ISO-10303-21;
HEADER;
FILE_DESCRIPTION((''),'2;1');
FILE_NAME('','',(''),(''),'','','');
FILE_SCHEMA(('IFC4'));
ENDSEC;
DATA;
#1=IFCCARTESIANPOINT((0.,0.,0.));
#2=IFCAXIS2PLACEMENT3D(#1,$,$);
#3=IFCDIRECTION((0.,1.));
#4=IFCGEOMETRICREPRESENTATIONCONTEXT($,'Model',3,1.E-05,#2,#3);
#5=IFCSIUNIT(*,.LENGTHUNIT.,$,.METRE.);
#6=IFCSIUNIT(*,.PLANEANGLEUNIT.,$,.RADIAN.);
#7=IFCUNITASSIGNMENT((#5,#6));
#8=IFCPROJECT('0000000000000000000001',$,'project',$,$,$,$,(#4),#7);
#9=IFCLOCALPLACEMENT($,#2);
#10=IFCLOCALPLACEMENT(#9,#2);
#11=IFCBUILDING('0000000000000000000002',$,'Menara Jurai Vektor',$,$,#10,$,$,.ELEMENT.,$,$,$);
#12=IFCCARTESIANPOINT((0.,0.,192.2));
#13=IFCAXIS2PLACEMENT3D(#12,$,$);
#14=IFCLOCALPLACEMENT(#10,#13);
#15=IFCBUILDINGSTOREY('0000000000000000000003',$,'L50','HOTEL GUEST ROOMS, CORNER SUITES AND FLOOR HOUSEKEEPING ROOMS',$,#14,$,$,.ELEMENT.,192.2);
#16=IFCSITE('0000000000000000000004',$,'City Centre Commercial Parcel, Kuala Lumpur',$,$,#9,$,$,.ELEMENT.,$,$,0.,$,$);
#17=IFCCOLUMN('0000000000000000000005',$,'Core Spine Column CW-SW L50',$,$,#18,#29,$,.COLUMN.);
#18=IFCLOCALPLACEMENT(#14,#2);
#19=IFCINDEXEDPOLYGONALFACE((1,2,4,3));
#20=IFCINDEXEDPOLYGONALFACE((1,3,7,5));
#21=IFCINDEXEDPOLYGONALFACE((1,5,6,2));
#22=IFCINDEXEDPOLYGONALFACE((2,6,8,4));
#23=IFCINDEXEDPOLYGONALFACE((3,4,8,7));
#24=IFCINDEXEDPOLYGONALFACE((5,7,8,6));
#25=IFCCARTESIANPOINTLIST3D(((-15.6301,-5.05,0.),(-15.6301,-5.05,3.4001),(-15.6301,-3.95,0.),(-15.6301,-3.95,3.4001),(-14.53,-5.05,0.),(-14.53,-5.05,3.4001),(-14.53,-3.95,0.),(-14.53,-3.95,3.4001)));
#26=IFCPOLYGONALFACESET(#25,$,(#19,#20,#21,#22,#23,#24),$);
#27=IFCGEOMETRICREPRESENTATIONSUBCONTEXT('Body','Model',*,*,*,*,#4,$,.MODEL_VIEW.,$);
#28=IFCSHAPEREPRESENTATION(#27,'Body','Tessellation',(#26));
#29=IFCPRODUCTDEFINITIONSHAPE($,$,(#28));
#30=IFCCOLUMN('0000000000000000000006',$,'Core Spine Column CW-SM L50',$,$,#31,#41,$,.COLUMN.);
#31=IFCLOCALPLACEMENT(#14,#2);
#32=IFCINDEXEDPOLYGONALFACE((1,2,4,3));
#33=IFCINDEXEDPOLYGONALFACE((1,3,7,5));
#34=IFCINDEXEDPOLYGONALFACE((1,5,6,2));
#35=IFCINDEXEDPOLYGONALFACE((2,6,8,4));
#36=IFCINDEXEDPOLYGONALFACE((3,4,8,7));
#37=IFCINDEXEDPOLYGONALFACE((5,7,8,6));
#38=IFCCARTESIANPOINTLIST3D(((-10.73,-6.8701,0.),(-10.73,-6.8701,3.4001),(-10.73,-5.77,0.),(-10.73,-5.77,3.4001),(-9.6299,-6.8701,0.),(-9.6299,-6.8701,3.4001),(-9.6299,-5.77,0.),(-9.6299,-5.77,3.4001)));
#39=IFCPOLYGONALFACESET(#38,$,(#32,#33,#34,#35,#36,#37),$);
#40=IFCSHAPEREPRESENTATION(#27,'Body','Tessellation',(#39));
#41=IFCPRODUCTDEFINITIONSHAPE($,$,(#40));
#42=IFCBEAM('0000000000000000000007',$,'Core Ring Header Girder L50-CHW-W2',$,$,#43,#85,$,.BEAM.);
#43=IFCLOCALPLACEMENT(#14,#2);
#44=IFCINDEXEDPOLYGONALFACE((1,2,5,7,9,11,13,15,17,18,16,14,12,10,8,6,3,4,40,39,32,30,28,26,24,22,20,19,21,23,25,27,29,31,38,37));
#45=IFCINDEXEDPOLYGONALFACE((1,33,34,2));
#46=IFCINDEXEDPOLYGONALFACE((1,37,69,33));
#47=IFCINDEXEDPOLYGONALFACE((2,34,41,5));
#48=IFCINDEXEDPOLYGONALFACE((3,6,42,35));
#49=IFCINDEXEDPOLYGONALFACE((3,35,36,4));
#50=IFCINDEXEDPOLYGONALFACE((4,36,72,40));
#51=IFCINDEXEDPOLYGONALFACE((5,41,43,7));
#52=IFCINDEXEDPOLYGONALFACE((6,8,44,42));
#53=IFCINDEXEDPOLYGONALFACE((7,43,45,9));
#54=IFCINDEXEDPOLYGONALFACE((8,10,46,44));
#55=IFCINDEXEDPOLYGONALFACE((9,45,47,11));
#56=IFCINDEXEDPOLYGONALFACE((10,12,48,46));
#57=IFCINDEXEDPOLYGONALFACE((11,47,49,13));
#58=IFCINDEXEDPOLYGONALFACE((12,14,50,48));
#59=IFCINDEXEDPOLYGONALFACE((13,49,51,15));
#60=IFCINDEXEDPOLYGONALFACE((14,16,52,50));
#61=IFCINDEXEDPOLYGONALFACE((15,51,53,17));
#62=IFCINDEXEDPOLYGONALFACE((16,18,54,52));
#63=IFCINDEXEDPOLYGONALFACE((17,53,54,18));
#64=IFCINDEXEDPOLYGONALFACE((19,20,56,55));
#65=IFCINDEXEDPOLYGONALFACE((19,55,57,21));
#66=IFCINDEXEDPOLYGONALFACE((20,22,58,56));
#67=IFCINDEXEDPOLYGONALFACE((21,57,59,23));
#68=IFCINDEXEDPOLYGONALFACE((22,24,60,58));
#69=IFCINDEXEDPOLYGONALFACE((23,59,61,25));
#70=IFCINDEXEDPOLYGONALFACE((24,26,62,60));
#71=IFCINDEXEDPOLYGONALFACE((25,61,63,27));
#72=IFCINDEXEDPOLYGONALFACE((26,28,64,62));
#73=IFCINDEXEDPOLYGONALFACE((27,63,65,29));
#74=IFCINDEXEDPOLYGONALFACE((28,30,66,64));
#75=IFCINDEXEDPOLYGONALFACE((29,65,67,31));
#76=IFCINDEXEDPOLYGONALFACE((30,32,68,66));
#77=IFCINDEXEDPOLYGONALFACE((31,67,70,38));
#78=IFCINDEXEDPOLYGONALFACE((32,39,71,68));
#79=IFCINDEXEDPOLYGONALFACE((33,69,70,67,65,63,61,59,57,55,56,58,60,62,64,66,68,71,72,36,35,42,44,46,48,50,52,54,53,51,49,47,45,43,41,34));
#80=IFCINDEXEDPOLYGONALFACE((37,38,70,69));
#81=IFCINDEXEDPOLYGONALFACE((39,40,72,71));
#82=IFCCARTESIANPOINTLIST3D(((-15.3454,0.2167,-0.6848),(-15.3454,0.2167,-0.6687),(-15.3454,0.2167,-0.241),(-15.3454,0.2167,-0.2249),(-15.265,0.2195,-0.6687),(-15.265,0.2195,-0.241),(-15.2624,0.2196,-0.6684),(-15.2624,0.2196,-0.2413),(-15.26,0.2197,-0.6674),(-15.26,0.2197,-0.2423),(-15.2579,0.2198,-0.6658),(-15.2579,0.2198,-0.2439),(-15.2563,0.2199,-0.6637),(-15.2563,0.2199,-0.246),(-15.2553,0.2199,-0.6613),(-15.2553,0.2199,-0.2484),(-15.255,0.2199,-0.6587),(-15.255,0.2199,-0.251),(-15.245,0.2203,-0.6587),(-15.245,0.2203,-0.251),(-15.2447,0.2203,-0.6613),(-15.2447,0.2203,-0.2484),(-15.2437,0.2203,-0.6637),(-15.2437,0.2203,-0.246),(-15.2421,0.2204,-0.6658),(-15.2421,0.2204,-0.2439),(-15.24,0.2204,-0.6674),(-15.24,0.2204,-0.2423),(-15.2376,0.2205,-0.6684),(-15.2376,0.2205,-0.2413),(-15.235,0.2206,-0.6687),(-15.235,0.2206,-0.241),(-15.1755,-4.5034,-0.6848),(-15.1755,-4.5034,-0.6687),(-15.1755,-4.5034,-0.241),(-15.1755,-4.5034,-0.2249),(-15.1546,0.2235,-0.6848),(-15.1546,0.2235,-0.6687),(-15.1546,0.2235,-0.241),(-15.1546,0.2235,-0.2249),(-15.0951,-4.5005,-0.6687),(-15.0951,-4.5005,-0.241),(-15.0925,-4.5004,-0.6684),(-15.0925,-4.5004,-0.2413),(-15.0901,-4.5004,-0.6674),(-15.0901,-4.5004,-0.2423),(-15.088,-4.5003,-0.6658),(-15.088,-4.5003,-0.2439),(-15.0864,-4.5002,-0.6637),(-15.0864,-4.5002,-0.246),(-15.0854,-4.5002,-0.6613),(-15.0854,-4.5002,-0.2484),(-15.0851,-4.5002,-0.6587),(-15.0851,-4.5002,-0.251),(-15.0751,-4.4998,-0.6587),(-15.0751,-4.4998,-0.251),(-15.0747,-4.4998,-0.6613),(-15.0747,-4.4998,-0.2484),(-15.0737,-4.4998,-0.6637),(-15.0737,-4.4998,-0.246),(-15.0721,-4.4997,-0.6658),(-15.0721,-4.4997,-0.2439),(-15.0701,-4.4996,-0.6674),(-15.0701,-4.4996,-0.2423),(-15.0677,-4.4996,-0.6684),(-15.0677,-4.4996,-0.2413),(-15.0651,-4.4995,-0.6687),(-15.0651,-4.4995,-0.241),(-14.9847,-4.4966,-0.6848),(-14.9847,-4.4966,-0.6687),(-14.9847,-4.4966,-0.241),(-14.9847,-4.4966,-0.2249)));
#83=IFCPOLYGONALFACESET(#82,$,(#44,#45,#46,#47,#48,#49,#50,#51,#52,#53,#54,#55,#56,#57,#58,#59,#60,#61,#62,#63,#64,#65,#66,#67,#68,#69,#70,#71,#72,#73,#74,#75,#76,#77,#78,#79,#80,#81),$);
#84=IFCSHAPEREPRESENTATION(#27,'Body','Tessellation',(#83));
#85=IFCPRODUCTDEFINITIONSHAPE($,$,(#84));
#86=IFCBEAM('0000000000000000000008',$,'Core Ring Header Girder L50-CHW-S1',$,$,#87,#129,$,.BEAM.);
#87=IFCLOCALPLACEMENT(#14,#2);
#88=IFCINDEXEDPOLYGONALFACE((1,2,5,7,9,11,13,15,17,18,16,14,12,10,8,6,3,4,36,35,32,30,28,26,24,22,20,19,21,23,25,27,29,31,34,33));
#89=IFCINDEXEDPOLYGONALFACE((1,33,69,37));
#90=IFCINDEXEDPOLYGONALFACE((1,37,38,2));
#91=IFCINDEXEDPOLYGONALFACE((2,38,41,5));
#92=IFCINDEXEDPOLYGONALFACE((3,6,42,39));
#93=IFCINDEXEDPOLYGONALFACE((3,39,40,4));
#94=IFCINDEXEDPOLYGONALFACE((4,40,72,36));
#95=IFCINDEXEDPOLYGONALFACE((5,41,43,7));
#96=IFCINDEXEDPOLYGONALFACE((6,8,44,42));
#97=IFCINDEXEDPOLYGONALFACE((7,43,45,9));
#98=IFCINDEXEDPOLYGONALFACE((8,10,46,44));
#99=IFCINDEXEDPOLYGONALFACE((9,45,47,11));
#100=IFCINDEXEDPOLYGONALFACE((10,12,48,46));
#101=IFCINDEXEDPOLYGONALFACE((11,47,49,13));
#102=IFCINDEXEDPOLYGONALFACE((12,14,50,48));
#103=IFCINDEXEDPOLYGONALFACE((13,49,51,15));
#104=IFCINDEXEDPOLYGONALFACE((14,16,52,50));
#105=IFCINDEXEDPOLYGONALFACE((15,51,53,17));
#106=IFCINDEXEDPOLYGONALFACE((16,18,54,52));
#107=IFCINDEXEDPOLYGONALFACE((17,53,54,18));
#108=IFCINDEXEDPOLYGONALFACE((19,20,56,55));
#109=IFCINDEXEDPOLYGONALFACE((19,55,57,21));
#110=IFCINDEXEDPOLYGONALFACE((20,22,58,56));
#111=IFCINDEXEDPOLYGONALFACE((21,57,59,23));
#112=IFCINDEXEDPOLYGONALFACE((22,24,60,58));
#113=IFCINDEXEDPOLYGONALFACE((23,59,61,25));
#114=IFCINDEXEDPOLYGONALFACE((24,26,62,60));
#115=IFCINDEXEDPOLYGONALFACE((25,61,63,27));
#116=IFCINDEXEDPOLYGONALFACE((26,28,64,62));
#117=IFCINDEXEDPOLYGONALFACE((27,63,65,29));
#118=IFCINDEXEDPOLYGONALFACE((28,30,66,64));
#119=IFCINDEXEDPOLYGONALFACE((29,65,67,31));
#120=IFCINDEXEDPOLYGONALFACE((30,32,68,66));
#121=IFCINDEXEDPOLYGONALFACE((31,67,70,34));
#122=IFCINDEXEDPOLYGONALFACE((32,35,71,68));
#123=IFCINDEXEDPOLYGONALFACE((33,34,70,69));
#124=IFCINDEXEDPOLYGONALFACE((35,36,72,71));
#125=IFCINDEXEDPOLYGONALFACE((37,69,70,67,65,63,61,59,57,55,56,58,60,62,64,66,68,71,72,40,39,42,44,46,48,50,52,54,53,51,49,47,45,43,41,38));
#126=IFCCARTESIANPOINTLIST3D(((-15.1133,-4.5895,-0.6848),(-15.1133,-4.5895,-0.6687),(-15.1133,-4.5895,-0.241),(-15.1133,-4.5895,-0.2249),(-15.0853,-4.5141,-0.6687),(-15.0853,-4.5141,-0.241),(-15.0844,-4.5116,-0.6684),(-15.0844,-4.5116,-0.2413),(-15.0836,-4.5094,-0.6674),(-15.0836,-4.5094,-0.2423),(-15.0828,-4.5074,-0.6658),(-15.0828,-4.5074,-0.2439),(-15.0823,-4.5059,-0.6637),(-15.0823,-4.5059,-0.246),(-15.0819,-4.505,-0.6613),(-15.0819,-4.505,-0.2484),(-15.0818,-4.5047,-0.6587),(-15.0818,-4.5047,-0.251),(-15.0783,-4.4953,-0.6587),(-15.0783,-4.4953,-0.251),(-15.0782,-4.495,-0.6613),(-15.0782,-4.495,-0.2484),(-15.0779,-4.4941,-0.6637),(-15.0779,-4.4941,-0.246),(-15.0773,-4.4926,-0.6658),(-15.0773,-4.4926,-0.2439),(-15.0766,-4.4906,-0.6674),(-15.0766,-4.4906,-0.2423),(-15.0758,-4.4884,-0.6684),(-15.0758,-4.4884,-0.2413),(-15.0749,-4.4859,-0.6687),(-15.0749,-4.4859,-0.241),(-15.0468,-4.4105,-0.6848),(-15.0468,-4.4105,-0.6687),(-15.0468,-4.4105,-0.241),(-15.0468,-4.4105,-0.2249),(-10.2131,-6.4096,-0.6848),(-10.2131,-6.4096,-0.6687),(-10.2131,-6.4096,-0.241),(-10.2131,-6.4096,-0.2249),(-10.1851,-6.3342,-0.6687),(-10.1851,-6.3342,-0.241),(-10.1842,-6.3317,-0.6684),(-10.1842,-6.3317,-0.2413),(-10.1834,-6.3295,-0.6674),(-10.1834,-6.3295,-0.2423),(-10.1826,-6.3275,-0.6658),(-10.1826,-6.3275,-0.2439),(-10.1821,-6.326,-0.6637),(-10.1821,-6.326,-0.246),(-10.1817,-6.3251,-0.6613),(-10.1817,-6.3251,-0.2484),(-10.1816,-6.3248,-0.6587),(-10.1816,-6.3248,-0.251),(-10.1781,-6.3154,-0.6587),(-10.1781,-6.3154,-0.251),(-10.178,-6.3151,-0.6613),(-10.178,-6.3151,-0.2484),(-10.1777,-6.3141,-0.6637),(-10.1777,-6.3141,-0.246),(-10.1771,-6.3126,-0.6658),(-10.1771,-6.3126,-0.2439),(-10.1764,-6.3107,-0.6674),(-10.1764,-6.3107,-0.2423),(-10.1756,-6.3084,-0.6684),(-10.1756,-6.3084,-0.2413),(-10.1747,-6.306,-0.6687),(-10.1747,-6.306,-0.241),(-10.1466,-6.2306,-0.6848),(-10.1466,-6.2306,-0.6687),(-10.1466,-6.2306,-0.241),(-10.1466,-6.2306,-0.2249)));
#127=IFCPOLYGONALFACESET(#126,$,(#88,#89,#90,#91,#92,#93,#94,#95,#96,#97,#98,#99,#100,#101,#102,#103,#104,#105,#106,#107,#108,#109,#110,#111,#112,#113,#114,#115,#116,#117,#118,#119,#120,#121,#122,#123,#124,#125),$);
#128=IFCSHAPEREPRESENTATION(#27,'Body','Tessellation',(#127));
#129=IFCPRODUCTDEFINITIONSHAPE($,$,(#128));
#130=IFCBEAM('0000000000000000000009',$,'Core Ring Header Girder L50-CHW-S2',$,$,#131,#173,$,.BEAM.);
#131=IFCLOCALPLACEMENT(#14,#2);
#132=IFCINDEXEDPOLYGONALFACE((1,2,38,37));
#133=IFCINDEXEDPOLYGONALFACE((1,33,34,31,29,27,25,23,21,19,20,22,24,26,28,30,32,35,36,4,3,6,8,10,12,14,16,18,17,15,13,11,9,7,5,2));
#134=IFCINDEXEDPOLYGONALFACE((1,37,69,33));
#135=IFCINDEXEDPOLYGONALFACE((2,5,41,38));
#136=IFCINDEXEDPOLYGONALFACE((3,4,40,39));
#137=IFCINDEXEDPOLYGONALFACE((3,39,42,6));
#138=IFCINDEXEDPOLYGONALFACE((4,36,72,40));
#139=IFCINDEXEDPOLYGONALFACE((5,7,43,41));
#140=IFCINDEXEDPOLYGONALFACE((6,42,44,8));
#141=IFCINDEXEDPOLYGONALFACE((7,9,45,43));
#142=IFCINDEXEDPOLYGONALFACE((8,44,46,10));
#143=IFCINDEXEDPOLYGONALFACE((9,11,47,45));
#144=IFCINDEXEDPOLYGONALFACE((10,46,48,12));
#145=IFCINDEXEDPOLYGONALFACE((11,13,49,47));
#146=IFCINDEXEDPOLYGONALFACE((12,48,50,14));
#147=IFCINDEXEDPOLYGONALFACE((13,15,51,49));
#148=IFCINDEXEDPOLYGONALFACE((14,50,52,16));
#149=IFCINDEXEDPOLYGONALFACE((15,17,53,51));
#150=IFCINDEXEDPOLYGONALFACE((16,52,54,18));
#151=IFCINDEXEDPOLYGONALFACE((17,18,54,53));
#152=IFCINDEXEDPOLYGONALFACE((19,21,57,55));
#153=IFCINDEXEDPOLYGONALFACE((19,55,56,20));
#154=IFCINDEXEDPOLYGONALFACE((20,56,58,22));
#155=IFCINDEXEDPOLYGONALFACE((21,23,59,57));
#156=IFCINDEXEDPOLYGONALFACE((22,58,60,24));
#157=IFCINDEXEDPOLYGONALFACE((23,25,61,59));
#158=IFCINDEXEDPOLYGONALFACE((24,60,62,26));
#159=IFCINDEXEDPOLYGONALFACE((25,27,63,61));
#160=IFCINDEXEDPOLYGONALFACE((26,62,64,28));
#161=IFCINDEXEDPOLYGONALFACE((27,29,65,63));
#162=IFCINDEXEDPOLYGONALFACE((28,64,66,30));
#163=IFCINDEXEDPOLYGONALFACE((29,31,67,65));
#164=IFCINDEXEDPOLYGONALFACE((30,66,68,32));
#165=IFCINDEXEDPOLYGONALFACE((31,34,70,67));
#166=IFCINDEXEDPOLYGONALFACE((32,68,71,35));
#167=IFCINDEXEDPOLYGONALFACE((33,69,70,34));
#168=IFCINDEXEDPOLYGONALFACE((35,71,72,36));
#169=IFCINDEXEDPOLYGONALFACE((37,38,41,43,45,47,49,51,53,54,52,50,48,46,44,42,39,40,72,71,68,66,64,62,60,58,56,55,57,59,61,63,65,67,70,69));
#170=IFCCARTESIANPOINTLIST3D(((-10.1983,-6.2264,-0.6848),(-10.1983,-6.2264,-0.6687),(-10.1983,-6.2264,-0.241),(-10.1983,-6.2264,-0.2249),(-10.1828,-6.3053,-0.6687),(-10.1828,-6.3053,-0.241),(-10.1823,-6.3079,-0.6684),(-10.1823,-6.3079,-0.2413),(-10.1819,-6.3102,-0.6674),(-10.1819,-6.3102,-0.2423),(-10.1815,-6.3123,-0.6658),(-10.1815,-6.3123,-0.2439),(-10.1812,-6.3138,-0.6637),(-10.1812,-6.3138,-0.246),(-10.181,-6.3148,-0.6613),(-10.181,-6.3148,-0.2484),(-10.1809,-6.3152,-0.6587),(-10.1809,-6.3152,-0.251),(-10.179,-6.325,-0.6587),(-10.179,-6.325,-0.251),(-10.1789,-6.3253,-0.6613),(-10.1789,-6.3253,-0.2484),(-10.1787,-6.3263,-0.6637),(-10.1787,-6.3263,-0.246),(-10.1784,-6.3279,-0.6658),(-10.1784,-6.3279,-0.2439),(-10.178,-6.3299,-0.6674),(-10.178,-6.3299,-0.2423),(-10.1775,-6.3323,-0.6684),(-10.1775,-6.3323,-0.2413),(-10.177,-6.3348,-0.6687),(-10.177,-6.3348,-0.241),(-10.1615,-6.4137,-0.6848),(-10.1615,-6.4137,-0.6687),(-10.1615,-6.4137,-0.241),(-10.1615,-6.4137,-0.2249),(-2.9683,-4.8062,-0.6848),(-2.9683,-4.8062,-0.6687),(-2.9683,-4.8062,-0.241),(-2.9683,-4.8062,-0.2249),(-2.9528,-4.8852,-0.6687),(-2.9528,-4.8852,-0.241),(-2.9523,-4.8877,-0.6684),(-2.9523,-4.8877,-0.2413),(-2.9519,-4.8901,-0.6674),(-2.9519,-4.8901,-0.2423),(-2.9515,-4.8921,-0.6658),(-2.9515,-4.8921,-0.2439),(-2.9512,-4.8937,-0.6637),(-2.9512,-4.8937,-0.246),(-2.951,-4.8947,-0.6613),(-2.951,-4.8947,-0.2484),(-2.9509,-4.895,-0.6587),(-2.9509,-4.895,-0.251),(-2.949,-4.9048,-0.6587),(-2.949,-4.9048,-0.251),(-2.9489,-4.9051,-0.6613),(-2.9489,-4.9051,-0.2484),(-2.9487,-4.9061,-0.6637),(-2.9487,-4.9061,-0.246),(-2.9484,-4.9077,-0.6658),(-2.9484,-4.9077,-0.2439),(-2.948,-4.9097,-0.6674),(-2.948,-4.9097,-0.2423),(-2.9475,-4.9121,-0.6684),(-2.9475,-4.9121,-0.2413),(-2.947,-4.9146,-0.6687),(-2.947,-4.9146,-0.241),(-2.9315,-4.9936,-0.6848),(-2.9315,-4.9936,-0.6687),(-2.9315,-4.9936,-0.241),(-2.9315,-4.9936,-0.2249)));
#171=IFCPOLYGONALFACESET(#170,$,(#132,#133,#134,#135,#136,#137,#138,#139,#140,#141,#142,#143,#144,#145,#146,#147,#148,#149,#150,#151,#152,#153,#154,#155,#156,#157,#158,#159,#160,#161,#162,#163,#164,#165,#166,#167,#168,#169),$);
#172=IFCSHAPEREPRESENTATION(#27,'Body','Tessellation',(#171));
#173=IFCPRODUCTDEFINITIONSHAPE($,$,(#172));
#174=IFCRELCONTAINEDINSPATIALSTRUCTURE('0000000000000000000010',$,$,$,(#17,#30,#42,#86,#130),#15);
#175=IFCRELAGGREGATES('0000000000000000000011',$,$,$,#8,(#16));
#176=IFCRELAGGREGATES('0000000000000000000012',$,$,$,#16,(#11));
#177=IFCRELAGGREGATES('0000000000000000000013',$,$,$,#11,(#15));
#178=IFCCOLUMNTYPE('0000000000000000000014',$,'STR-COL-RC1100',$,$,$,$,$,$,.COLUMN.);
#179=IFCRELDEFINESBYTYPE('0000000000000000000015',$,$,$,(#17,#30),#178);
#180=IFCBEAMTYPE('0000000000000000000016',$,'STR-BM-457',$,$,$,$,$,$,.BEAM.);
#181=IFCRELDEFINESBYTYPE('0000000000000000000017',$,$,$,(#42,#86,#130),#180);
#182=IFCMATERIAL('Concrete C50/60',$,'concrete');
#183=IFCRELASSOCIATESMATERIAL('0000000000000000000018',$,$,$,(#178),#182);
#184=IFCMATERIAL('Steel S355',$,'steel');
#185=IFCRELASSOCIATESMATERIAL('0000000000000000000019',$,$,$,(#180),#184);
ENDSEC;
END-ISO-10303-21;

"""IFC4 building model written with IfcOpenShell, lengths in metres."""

from ifc_helpers import new_model, si_unit, direction, frame, origin, origin_2d, place, context, subcontext, project, spatial, rectangle, i_section, extrude, material, material_profile, profile_set, type_object, element, save


model = new_model("IFC4")

# Units and contexts
model_context = context("Model", 3, precision=1e-05, world=origin(), true_north=direction((0.0, 1.0)))
body_context = subcontext(model_context, "Body", "Model", "MODEL_VIEW")
ifc_project = project(units=[si_unit("LENGTHUNIT", "METRE"), si_unit("PLANEANGLEUNIT", "RADIAN")], contexts=[model_context])

# Site, building, storey
site_placement = place(None, origin())
site = spatial("IfcSite", under=ifc_project, at=site_placement, Name="City Centre Commercial Parcel, Kuala Lumpur", CompositionType="ELEMENT", RefElevation=0.0)
building_placement = place(site_placement, origin())
building = spatial("IfcBuilding", under=site, at=building_placement, Name="Menara Jurai Vektor", CompositionType="ELEMENT")
storey_placement = place(building_placement, frame((0.0, 0.0, 192.2)))
storey = spatial("IfcBuildingStorey", under=building, at=storey_placement, Name="L50", Description="HOTEL GUEST ROOMS, CORNER SUITES AND FLOOR HOUSEKEEPING ROOMS", CompositionType="ELEMENT", Elevation=192.2)

# Columns
ifc_material_1 = material(Name="Concrete C50/60", Category="concrete")
ifc_material_profile_1 = material_profile(ifc_material_1, rectangle(XDim=1.1001, YDim=1.1001, at=origin_2d()), Name="RC 1100x1100")
ifc_profile_set_1 = profile_set([ifc_material_profile_1], Name="Concrete C50/60")
column_type = type_object("IfcColumnType", Name="STR-COL-RC1100", PredefinedType="COLUMN", material=ifc_profile_set_1)
for number, where, z_axis, x_axis, name in (
    (1, (-15.0801, -4.5, 0.0), (0.0, 0.0, 1.0), (1.0, 0.0, 0.0), "Core Spine Column CW-SW L50"),
    (2, (-10.1799, -6.3201, 0.0), (0.0, 0.0, 1.0), (1.0, 0.0, 0.0), "Core Spine Column CW-SM L50"),
):
    element("IfcColumn", number, at=place(storey_placement, frame(where, z_axis=z_axis, x_axis=x_axis)), inside=storey, type_object=column_type, Name=name, PredefinedType="COLUMN", context=body_context, shape_type="SweptSolid", body=[
        extrude(rectangle(XDim=1.1001, YDim=1.1001, at=origin_2d()), origin(), (0.0, 0.0, 1.0), 3.4001),
    ])

# Beams
ifc_material_2 = material(Name="Steel S355", Category="steel")
ifc_material_profile_2 = material_profile(ifc_material_2, i_section(OverallWidth=0.1909, OverallDepth=0.46, WebThickness=0.01, FlangeThickness=0.0161, FilletRadius=0.01, at=origin_2d()), Name="UKB 457x191x82")
ifc_profile_set_2 = profile_set([ifc_material_profile_2], Name="Steel S355")
beam_type = type_object("IfcBeamType", Name="STR-BM-457", PredefinedType="BEAM", material=ifc_profile_set_2)
beam_1_placement = place(storey_placement, frame((-15.0801, -4.5, -0.4548), z_axis=(-0.035977, 0.999353, 0.0), x_axis=(-0.999353, -0.035977, 0.0)))
element("IfcBeam", 3, at=beam_1_placement, inside=storey, type_object=beam_type, Name="Core Ring Header Girder L50-CHW-W2", PredefinedType="BEAM", context=body_context, shape_type="SweptSolid", body=[
    extrude(i_section(OverallWidth=0.1909, OverallDepth=0.46, WebThickness=0.01, FlangeThickness=0.0161, FilletRadius=0.01, at=origin_2d()), origin(), (0.0, 0.0, 1.0), 4.7231),
])
beam_2_placement = place(storey_placement, frame((-15.0801, -4.5, -0.4548), z_axis=(0.937424, -0.348189, 0.0), x_axis=(0.348189, 0.937424, 0.0)))
element("IfcBeam", 4, at=beam_2_placement, inside=storey, type_object=beam_type, Name="Core Ring Header Girder L50-CHW-S1", PredefinedType="BEAM", context=body_context, shape_type="SweptSolid", body=[
    extrude(i_section(OverallWidth=0.1909, OverallDepth=0.46, WebThickness=0.01, FlangeThickness=0.0161, FilletRadius=0.01, at=origin_2d()), origin(), (0.0, 0.0, 1.0), 5.2273),
])
beam_3_placement = place(storey_placement, frame((-10.1799, -6.3201, -0.4548), z_axis=(0.981249, 0.192744, 0.0), x_axis=(-0.192744, 0.981249, 0.0)))
element("IfcBeam", 5, at=beam_3_placement, inside=storey, type_object=beam_type, Name="Core Ring Header Girder L50-CHW-S2", PredefinedType="BEAM", context=body_context, shape_type="SweptSolid", body=[
    extrude(i_section(OverallWidth=0.1909, OverallDepth=0.46, WebThickness=0.01, FlangeThickness=0.0161, FilletRadius=0.01, at=origin_2d()), origin(), (0.0, 0.0, 1.0), 7.3682),
])

save(model, "model.ifc")
